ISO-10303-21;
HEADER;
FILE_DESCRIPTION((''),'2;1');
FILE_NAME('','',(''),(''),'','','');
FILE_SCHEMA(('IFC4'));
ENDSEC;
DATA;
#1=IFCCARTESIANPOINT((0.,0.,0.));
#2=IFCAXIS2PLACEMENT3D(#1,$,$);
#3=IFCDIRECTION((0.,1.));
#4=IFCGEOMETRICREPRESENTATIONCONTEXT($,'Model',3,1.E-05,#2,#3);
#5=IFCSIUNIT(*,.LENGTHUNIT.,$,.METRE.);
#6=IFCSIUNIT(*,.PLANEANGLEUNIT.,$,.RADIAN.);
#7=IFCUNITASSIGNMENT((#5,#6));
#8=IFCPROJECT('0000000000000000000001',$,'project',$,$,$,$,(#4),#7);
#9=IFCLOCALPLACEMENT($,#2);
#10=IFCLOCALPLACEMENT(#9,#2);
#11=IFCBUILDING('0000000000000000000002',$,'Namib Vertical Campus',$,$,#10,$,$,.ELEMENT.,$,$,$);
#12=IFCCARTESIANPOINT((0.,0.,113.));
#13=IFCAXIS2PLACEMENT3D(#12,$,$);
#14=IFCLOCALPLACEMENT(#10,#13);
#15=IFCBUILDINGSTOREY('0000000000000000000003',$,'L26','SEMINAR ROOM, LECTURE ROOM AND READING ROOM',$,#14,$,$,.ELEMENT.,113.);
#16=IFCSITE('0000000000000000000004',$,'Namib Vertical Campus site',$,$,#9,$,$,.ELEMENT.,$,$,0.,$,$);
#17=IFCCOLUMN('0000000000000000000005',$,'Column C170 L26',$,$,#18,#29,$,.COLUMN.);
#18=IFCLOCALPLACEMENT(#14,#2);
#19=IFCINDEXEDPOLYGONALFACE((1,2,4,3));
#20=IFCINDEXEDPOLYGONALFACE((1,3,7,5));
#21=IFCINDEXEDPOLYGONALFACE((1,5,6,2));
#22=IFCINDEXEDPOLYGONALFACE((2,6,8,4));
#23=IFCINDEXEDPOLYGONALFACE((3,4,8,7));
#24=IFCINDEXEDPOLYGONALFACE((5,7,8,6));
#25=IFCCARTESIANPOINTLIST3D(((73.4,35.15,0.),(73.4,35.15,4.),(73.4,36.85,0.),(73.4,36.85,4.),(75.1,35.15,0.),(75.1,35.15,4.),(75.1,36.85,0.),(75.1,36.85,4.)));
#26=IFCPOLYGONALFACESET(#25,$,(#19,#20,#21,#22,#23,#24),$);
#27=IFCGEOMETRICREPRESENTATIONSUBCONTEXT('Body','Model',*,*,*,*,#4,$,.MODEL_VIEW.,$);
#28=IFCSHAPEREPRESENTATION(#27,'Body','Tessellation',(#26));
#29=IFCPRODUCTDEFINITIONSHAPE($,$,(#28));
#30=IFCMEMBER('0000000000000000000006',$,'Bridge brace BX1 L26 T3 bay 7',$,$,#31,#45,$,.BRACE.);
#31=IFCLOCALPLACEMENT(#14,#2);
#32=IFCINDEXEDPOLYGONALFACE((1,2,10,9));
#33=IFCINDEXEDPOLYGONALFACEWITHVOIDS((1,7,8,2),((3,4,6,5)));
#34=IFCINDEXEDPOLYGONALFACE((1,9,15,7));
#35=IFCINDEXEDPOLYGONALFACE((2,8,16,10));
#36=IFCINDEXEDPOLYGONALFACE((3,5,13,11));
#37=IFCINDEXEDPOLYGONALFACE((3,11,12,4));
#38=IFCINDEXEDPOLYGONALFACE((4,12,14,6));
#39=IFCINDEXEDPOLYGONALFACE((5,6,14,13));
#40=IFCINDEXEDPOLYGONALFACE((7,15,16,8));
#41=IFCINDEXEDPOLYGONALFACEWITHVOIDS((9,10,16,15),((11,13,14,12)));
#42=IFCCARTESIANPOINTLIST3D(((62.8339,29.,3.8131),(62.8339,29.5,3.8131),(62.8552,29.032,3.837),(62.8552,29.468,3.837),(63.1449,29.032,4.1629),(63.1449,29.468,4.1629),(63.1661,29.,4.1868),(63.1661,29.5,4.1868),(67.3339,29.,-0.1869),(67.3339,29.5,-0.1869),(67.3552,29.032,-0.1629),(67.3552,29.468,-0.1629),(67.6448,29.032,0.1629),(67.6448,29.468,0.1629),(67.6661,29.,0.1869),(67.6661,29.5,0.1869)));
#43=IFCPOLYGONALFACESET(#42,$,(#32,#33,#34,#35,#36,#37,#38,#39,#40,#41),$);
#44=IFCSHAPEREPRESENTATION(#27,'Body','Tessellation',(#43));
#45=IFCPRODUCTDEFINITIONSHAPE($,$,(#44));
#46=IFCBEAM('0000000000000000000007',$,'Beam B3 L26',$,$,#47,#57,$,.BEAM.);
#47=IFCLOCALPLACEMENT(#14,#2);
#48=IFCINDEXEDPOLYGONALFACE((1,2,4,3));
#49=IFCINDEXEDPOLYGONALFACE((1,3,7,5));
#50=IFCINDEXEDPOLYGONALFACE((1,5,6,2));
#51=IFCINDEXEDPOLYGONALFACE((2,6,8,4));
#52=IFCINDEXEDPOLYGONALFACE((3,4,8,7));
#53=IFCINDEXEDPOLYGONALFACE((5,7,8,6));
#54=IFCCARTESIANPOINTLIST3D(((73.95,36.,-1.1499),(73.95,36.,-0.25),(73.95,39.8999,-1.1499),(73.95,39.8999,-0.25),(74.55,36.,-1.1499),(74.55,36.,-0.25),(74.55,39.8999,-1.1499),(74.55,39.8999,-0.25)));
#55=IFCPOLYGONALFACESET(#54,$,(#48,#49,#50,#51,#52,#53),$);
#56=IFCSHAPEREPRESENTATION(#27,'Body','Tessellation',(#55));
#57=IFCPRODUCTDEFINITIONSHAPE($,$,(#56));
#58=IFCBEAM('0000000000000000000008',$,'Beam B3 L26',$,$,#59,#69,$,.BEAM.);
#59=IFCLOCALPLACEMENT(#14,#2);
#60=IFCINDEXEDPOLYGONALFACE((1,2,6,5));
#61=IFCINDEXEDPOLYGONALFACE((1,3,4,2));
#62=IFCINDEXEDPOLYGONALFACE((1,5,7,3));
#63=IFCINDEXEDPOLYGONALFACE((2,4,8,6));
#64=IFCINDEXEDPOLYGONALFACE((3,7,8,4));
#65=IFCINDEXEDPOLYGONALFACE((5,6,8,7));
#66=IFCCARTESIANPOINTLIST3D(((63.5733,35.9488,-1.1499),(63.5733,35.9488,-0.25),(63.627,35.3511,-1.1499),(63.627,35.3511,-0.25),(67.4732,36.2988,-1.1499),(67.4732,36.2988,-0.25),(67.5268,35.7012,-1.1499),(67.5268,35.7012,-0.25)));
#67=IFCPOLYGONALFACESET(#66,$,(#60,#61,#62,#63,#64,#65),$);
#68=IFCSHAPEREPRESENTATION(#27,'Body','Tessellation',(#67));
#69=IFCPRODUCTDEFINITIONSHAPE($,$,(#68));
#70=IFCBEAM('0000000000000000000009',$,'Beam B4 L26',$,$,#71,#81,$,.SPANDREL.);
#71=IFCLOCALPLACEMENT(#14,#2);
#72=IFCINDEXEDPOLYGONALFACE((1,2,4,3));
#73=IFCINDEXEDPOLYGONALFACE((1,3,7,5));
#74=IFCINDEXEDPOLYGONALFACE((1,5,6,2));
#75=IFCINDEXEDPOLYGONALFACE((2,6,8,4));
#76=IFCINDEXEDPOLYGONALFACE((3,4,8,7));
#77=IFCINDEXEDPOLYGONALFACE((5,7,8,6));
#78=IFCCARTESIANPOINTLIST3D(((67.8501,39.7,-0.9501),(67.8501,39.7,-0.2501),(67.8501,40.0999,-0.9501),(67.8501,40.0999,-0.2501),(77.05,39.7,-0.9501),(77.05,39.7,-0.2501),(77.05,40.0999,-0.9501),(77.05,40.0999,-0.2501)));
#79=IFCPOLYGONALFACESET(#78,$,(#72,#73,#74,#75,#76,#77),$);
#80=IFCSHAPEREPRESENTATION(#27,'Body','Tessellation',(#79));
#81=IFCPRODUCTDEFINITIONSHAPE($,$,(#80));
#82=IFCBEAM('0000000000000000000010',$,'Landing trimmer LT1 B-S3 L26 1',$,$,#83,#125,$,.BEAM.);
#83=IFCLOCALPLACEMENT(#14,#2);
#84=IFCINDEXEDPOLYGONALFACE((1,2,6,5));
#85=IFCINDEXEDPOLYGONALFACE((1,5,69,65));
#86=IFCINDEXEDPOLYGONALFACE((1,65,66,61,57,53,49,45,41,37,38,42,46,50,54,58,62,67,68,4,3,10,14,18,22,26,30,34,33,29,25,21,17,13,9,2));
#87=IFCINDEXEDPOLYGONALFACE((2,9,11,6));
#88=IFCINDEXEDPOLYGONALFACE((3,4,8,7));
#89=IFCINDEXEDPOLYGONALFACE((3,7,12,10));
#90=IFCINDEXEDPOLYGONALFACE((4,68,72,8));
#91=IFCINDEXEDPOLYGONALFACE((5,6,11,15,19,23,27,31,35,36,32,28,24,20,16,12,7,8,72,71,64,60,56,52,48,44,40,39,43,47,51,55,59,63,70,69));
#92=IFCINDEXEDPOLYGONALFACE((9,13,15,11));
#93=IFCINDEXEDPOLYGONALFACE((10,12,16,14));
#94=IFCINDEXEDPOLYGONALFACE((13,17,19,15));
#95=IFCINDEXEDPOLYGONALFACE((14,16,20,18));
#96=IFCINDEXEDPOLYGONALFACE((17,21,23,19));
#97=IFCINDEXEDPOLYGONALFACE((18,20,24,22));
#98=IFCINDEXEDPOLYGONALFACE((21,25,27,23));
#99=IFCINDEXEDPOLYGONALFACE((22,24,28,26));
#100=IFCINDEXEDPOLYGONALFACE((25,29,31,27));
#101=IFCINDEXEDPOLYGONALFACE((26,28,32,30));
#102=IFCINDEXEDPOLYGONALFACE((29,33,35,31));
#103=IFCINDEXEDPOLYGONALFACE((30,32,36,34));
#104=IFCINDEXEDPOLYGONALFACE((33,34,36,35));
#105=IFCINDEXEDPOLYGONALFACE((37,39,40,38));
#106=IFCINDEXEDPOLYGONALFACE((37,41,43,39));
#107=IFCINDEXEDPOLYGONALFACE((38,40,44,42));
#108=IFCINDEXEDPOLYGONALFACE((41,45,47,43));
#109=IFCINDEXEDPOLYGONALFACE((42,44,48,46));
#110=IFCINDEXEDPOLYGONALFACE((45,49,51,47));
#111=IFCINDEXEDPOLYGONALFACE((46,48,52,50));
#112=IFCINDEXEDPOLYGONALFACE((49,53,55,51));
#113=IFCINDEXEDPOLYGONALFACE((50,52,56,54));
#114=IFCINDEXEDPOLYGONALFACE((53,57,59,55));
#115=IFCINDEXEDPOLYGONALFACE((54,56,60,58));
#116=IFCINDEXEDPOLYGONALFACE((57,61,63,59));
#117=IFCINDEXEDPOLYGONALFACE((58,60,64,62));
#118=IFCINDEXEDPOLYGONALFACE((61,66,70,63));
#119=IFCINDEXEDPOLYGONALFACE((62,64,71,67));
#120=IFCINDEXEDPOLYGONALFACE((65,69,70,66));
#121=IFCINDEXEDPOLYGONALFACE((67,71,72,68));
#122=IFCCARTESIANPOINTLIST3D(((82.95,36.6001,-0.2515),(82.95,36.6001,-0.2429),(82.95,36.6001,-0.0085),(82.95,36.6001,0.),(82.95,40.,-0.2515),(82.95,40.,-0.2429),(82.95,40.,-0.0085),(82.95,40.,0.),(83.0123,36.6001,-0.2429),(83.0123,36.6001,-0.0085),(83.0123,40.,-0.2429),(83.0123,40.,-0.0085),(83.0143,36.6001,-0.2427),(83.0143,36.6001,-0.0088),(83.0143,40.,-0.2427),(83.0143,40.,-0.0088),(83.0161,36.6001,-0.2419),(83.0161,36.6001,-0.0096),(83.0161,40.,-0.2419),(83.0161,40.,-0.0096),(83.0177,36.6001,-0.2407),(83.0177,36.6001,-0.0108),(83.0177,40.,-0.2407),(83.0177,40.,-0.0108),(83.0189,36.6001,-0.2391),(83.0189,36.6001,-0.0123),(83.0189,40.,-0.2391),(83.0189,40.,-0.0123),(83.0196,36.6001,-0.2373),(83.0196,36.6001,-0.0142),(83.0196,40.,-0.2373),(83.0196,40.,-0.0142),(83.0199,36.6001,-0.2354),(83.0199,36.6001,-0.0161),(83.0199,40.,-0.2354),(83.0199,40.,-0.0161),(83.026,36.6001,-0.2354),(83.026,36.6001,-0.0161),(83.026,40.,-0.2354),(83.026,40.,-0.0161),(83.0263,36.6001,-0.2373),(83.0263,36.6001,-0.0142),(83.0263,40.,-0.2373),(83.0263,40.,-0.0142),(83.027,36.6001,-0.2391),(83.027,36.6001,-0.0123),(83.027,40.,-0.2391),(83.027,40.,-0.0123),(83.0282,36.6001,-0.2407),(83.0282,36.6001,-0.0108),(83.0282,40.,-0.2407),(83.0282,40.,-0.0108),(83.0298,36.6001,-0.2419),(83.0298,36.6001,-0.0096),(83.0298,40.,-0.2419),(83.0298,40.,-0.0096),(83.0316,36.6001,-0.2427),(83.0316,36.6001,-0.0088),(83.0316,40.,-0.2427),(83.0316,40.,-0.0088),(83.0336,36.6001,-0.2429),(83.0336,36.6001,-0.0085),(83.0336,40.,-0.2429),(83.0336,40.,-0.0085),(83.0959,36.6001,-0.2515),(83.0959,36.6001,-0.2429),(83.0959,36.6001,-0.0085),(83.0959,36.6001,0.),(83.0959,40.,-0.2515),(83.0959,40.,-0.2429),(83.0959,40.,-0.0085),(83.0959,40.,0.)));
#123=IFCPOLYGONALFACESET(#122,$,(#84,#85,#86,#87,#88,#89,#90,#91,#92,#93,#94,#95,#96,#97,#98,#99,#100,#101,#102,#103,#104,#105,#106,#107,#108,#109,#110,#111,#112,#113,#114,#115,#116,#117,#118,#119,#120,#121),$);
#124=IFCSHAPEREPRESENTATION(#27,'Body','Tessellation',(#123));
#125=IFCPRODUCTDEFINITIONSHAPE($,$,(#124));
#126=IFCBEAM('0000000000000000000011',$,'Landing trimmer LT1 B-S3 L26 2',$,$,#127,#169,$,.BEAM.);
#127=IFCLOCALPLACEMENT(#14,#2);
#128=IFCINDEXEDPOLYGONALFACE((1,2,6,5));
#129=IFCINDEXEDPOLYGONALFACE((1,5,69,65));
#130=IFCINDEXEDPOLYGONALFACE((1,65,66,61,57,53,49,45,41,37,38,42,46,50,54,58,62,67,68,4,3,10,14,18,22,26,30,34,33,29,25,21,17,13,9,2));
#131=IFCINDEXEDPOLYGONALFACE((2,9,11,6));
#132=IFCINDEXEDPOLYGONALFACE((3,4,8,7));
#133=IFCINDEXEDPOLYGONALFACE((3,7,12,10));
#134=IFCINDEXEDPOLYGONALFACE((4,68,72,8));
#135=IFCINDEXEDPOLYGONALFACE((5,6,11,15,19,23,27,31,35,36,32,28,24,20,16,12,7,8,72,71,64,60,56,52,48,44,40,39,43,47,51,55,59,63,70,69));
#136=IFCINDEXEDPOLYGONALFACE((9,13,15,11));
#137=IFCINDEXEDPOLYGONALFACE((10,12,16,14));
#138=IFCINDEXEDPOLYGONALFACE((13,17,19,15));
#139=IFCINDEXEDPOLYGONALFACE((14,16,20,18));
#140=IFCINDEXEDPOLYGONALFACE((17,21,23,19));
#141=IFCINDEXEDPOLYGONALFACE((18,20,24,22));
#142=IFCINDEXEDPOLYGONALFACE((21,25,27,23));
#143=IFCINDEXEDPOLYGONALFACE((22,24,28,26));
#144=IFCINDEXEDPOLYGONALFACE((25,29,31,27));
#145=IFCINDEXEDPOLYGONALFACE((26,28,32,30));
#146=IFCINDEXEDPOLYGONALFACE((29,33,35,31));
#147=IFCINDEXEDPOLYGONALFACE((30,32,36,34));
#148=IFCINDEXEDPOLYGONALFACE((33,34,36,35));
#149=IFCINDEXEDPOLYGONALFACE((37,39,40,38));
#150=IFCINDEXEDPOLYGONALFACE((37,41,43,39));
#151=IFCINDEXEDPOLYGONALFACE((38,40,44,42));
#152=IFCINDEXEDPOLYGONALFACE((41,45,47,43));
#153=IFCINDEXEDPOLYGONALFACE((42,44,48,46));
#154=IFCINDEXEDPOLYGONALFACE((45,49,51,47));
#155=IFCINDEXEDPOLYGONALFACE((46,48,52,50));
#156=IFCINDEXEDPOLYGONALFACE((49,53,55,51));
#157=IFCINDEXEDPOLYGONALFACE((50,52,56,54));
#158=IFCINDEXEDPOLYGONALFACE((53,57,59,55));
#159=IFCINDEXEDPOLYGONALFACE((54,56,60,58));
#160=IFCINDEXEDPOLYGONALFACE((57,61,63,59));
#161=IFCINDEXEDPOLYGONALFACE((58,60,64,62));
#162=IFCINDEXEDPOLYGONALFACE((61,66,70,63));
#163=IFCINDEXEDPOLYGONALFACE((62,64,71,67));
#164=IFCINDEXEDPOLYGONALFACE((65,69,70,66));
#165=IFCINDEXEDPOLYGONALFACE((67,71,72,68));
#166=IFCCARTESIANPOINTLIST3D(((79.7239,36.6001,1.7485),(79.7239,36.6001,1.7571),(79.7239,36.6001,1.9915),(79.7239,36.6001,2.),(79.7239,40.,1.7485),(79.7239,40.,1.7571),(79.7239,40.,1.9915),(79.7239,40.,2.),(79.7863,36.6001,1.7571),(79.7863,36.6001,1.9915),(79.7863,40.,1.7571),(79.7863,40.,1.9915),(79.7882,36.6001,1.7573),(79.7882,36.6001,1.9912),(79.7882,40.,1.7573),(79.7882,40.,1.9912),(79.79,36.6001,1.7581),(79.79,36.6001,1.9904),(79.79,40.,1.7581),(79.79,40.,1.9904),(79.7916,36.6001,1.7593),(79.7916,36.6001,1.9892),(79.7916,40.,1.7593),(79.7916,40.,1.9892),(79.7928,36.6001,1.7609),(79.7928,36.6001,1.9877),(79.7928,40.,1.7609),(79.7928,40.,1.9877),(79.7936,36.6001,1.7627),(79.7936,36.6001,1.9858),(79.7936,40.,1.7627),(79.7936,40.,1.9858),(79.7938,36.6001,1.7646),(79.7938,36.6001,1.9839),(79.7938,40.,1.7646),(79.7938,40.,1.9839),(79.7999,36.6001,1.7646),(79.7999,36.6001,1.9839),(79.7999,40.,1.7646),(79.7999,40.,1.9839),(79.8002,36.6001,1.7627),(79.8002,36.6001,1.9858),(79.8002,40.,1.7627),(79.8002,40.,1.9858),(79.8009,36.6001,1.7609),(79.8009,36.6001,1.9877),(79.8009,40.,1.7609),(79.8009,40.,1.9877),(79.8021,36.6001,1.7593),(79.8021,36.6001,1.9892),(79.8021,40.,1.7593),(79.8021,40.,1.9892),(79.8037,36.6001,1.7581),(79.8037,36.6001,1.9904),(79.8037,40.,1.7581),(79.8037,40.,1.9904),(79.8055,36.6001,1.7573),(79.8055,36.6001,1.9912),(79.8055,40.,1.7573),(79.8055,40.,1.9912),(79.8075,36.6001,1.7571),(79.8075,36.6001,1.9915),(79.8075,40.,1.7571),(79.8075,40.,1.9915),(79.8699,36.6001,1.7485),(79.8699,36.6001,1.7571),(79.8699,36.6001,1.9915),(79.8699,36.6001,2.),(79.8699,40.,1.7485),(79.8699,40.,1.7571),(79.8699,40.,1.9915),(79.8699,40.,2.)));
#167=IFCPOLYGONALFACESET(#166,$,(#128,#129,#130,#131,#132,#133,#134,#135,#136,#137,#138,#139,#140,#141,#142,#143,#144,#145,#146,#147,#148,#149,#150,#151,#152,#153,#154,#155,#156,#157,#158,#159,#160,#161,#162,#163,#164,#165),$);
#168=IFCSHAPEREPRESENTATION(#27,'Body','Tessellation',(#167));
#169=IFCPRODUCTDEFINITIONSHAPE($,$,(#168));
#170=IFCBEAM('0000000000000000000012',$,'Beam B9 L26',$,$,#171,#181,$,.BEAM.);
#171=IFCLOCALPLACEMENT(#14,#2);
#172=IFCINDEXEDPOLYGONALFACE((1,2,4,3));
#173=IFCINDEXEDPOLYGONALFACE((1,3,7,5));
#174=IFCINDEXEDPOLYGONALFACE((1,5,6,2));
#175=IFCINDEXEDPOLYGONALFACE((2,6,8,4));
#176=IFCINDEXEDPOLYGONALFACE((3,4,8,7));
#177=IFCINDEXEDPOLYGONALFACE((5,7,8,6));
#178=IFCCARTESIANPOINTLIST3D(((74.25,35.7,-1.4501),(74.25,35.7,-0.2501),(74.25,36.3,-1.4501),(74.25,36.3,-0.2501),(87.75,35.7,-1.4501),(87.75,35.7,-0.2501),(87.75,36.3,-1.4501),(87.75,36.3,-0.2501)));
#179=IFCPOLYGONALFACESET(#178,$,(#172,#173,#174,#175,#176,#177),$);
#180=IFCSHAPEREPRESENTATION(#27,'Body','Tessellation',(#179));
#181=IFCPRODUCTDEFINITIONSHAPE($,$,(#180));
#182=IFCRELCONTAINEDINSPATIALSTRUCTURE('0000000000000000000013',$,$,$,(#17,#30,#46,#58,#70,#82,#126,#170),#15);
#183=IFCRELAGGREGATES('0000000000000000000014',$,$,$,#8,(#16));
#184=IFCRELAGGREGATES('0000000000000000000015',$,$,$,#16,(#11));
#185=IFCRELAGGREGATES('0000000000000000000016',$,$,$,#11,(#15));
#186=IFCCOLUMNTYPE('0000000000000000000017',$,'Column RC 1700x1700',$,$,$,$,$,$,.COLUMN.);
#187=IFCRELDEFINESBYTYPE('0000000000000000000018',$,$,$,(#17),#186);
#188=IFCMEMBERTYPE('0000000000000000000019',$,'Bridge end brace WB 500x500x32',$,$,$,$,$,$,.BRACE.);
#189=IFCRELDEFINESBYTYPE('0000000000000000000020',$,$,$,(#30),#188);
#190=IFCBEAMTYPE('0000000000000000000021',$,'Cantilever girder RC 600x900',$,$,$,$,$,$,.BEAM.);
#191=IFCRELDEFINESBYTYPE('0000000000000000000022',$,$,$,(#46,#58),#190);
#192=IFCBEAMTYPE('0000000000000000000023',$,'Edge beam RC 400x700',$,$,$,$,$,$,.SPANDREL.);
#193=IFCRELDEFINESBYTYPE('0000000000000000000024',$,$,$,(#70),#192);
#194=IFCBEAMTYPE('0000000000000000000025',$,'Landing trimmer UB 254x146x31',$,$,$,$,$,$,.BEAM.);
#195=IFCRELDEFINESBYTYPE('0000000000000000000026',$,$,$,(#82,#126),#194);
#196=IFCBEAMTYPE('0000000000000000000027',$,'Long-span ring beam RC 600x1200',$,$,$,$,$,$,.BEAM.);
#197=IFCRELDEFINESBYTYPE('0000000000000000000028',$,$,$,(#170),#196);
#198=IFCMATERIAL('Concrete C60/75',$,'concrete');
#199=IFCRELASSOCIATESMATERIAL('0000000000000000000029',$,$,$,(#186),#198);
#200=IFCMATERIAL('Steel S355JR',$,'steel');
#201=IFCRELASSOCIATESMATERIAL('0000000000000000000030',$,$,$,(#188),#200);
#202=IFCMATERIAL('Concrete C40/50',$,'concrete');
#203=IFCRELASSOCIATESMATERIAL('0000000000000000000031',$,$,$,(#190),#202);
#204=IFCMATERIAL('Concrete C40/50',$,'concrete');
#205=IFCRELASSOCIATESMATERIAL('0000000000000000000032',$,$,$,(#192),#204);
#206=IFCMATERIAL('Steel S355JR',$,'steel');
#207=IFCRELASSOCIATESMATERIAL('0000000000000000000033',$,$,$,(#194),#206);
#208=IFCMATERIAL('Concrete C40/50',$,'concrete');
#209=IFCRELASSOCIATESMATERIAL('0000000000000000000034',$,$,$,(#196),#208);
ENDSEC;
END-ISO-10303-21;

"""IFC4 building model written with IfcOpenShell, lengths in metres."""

from ifc_helpers import new_model, si_unit, direction, frame, origin, origin_2d, place, context, subcontext, project, spatial, rectangle, hollow_rectangle, i_section, extrude, material, material_profile, profile_set, type_object, element, save


model = new_model("IFC4")

# Units and contexts
model_context = context("Model", 3, precision=1e-05, world=origin(), true_north=direction((0.0, 1.0)))
body_context = subcontext(model_context, "Body", "Model", "MODEL_VIEW")
ifc_project = project(units=[si_unit("LENGTHUNIT", "METRE"), si_unit("PLANEANGLEUNIT", "RADIAN")], contexts=[model_context])

# Site, building, storey
site_placement = place(None, origin())
site = spatial("IfcSite", under=ifc_project, at=site_placement, Name="Namib Vertical Campus site", CompositionType="ELEMENT", RefElevation=0.0)
building_placement = place(site_placement, origin())
building = spatial("IfcBuilding", under=site, at=building_placement, Name="Namib Vertical Campus", CompositionType="ELEMENT")
storey_placement = place(building_placement, frame((0.0, 0.0, 113.0)))
storey = spatial("IfcBuildingStorey", under=building, at=storey_placement, Name="L26", Description="SEMINAR ROOM, LECTURE ROOM AND READING ROOM", CompositionType="ELEMENT", Elevation=113.0)

# Column
ifc_material_1 = material(Name="Concrete C60/75", Category="concrete")
ifc_material_profile_1 = material_profile(ifc_material_1, rectangle(XDim=1.7, YDim=1.7, at=origin_2d()))
ifc_profile_set_1 = profile_set([ifc_material_profile_1], Name="Concrete C60/75")
column_type = type_object("IfcColumnType", Name="Column RC 1700x1700", PredefinedType="COLUMN", material=ifc_profile_set_1)
column_placement = place(storey_placement, frame((74.25, 36.0, 0.0), z_axis=(0.0, 0.0, 1.0), x_axis=(1.0, 0.0, 0.0)))
element("IfcColumn", 1, at=column_placement, inside=storey, type_object=column_type, Name="Column C170 L26", PredefinedType="COLUMN", context=body_context, shape_type="SweptSolid", body=[
    extrude(rectangle(XDim=1.7, YDim=1.7, at=origin_2d()), origin(), (0.0, 0.0, 1.0), 4.0),
])

# Member
ifc_material_2 = material(Name="Steel S355JR", Category="steel")
ifc_material_profile_2 = material_profile(ifc_material_2, hollow_rectangle(XDim=0.5, YDim=0.5, WallThickness=0.032, at=origin_2d()))
ifc_profile_set_2 = profile_set([ifc_material_profile_2], Name="Steel S355JR")
member_type = type_object("IfcMemberType", Name="Bridge end brace WB 500x500x32", PredefinedType="BRACE", material=ifc_profile_set_2)
member_placement = place(storey_placement, frame((67.5, 29.25, 0.0), z_axis=(-0.747409, 0.0, 0.664364), x_axis=(0.0, -1.0, 0.0)))
element("IfcMember", 2, at=member_placement, inside=storey, type_object=member_type, Name="Bridge brace BX1 L26 T3 bay 7", PredefinedType="BRACE", context=body_context, shape_type="SweptSolid", body=[
    extrude(hollow_rectangle(XDim=0.5, YDim=0.5, WallThickness=0.032, at=origin_2d()), origin(), (0.0, 0.0, 1.0), 6.0208),
])

# Beams
ifc_material_3 = material(Name="Concrete C40/50", Category="concrete")
ifc_material_profile_3 = material_profile(ifc_material_3, rectangle(XDim=0.6001, YDim=0.8999, at=origin_2d()))
ifc_profile_set_3 = profile_set([ifc_material_profile_3], Name="Concrete C40/50")
beam_type_1 = type_object("IfcBeamType", Name="Cantilever girder RC 600x900", PredefinedType="BEAM", material=ifc_profile_set_3)
beam_1_placement = place(storey_placement, frame((74.25, 36.0, -0.7), z_axis=(0.0, 1.0, 0.0), x_axis=(-1.0, 0.0, 0.0)))
element("IfcBeam", 3, at=beam_1_placement, inside=storey, type_object=beam_type_1, Name="Beam B3 L26", PredefinedType="BEAM", context=body_context, shape_type="SweptSolid", body=[
    extrude(rectangle(XDim=0.6001, YDim=0.8999, at=origin_2d()), origin(), (0.0, 0.0, 1.0), 3.8999),
])
beam_2_placement = place(storey_placement, frame((67.5, 36.0, -0.7), z_axis=(-0.995995, -0.089411, 0.0), x_axis=(0.089411, -0.995995, 0.0)))
element("IfcBeam", 4, at=beam_2_placement, inside=storey, type_object=beam_type_1, Name="Beam B3 L26", PredefinedType="BEAM", context=body_context, shape_type="SweptSolid", body=[
    extrude(rectangle(XDim=0.6001, YDim=0.8999, at=origin_2d()), origin(), (0.0, 0.0, 1.0), 3.9155),
])
ifc_material_4 = material(Name="Concrete C40/50", Category="concrete")
ifc_material_profile_4 = material_profile(ifc_material_4, rectangle(XDim=0.3999, YDim=0.7, at=origin_2d()))
ifc_profile_set_4 = profile_set([ifc_material_profile_4], Name="Concrete C40/50")
beam_type_2 = type_object("IfcBeamType", Name="Edge beam RC 400x700", PredefinedType="SPANDREL", material=ifc_profile_set_4)
beam_3_placement = place(storey_placement, frame((67.8501, 39.8999, -0.6001), z_axis=(1.0, 0.0, 0.0), x_axis=(0.0, 1.0, 0.0)))
element("IfcBeam", 5, at=beam_3_placement, inside=storey, type_object=beam_type_2, Name="Beam B4 L26", PredefinedType="SPANDREL", context=body_context, shape_type="SweptSolid", body=[
    extrude(rectangle(XDim=0.3999, YDim=0.7, at=origin_2d()), origin(), (0.0, 0.0, 1.0), 9.2),
])
ifc_material_5 = material(Name="Steel S355JR", Category="steel")
ifc_material_profile_5 = material_profile(ifc_material_5, i_section(OverallWidth=0.146, OverallDepth=0.2515, WebThickness=0.0061, FlangeThickness=0.0085, FilletRadius=0.0076, at=origin_2d()))
ifc_profile_set_5 = profile_set([ifc_material_profile_5], Name="Steel S355JR")
beam_type_3 = type_object("IfcBeamType", Name="Landing trimmer UB 254x146x31", PredefinedType="BEAM", material=ifc_profile_set_5)
for number, where, z_axis, x_axis, name in (
    (6, (83.0229, 36.6001, -0.1257), (0.0, 1.0, 0.0), (-1.0, 0.0, 0.0), "Landing trimmer LT1 B-S3 L26 1"),
    (7, (79.7969, 36.6001, 1.8743), (0.0, 1.0, 0.0), (-1.0, 0.0, 0.0), "Landing trimmer LT1 B-S3 L26 2"),
):
    element("IfcBeam", number, at=place(storey_placement, frame(where, z_axis=z_axis, x_axis=x_axis)), inside=storey, type_object=beam_type_3, Name=name, PredefinedType="BEAM", context=body_context, shape_type="SweptSolid", body=[
        extrude(i_section(OverallWidth=0.146, OverallDepth=0.2515, WebThickness=0.0061, FlangeThickness=0.0085, FilletRadius=0.0076, at=origin_2d()), origin(), (0.0, 0.0, 1.0), 3.3999),
    ])
ifc_material_6 = material(Name="Concrete C40/50", Category="concrete")
ifc_material_profile_6 = material_profile(ifc_material_6, rectangle(XDim=0.6001, YDim=1.2, at=origin_2d()))
ifc_profile_set_6 = profile_set([ifc_material_profile_6], Name="Concrete C40/50")
beam_type_4 = type_object("IfcBeamType", Name="Long-span ring beam RC 600x1200", PredefinedType="BEAM", material=ifc_profile_set_6)
beam_4_placement = place(storey_placement, frame((74.25, 36.0, -0.8501), z_axis=(1.0, 0.0, 0.0), x_axis=(0.0, 1.0, 0.0)))
element("IfcBeam", 8, at=beam_4_placement, inside=storey, type_object=beam_type_4, Name="Beam B9 L26", PredefinedType="BEAM", context=body_context, shape_type="SweptSolid", body=[
    extrude(rectangle(XDim=0.6001, YDim=1.2, at=origin_2d()), origin(), (0.0, 0.0, 1.0), 13.5),
])

save(model, "model.ifc")
